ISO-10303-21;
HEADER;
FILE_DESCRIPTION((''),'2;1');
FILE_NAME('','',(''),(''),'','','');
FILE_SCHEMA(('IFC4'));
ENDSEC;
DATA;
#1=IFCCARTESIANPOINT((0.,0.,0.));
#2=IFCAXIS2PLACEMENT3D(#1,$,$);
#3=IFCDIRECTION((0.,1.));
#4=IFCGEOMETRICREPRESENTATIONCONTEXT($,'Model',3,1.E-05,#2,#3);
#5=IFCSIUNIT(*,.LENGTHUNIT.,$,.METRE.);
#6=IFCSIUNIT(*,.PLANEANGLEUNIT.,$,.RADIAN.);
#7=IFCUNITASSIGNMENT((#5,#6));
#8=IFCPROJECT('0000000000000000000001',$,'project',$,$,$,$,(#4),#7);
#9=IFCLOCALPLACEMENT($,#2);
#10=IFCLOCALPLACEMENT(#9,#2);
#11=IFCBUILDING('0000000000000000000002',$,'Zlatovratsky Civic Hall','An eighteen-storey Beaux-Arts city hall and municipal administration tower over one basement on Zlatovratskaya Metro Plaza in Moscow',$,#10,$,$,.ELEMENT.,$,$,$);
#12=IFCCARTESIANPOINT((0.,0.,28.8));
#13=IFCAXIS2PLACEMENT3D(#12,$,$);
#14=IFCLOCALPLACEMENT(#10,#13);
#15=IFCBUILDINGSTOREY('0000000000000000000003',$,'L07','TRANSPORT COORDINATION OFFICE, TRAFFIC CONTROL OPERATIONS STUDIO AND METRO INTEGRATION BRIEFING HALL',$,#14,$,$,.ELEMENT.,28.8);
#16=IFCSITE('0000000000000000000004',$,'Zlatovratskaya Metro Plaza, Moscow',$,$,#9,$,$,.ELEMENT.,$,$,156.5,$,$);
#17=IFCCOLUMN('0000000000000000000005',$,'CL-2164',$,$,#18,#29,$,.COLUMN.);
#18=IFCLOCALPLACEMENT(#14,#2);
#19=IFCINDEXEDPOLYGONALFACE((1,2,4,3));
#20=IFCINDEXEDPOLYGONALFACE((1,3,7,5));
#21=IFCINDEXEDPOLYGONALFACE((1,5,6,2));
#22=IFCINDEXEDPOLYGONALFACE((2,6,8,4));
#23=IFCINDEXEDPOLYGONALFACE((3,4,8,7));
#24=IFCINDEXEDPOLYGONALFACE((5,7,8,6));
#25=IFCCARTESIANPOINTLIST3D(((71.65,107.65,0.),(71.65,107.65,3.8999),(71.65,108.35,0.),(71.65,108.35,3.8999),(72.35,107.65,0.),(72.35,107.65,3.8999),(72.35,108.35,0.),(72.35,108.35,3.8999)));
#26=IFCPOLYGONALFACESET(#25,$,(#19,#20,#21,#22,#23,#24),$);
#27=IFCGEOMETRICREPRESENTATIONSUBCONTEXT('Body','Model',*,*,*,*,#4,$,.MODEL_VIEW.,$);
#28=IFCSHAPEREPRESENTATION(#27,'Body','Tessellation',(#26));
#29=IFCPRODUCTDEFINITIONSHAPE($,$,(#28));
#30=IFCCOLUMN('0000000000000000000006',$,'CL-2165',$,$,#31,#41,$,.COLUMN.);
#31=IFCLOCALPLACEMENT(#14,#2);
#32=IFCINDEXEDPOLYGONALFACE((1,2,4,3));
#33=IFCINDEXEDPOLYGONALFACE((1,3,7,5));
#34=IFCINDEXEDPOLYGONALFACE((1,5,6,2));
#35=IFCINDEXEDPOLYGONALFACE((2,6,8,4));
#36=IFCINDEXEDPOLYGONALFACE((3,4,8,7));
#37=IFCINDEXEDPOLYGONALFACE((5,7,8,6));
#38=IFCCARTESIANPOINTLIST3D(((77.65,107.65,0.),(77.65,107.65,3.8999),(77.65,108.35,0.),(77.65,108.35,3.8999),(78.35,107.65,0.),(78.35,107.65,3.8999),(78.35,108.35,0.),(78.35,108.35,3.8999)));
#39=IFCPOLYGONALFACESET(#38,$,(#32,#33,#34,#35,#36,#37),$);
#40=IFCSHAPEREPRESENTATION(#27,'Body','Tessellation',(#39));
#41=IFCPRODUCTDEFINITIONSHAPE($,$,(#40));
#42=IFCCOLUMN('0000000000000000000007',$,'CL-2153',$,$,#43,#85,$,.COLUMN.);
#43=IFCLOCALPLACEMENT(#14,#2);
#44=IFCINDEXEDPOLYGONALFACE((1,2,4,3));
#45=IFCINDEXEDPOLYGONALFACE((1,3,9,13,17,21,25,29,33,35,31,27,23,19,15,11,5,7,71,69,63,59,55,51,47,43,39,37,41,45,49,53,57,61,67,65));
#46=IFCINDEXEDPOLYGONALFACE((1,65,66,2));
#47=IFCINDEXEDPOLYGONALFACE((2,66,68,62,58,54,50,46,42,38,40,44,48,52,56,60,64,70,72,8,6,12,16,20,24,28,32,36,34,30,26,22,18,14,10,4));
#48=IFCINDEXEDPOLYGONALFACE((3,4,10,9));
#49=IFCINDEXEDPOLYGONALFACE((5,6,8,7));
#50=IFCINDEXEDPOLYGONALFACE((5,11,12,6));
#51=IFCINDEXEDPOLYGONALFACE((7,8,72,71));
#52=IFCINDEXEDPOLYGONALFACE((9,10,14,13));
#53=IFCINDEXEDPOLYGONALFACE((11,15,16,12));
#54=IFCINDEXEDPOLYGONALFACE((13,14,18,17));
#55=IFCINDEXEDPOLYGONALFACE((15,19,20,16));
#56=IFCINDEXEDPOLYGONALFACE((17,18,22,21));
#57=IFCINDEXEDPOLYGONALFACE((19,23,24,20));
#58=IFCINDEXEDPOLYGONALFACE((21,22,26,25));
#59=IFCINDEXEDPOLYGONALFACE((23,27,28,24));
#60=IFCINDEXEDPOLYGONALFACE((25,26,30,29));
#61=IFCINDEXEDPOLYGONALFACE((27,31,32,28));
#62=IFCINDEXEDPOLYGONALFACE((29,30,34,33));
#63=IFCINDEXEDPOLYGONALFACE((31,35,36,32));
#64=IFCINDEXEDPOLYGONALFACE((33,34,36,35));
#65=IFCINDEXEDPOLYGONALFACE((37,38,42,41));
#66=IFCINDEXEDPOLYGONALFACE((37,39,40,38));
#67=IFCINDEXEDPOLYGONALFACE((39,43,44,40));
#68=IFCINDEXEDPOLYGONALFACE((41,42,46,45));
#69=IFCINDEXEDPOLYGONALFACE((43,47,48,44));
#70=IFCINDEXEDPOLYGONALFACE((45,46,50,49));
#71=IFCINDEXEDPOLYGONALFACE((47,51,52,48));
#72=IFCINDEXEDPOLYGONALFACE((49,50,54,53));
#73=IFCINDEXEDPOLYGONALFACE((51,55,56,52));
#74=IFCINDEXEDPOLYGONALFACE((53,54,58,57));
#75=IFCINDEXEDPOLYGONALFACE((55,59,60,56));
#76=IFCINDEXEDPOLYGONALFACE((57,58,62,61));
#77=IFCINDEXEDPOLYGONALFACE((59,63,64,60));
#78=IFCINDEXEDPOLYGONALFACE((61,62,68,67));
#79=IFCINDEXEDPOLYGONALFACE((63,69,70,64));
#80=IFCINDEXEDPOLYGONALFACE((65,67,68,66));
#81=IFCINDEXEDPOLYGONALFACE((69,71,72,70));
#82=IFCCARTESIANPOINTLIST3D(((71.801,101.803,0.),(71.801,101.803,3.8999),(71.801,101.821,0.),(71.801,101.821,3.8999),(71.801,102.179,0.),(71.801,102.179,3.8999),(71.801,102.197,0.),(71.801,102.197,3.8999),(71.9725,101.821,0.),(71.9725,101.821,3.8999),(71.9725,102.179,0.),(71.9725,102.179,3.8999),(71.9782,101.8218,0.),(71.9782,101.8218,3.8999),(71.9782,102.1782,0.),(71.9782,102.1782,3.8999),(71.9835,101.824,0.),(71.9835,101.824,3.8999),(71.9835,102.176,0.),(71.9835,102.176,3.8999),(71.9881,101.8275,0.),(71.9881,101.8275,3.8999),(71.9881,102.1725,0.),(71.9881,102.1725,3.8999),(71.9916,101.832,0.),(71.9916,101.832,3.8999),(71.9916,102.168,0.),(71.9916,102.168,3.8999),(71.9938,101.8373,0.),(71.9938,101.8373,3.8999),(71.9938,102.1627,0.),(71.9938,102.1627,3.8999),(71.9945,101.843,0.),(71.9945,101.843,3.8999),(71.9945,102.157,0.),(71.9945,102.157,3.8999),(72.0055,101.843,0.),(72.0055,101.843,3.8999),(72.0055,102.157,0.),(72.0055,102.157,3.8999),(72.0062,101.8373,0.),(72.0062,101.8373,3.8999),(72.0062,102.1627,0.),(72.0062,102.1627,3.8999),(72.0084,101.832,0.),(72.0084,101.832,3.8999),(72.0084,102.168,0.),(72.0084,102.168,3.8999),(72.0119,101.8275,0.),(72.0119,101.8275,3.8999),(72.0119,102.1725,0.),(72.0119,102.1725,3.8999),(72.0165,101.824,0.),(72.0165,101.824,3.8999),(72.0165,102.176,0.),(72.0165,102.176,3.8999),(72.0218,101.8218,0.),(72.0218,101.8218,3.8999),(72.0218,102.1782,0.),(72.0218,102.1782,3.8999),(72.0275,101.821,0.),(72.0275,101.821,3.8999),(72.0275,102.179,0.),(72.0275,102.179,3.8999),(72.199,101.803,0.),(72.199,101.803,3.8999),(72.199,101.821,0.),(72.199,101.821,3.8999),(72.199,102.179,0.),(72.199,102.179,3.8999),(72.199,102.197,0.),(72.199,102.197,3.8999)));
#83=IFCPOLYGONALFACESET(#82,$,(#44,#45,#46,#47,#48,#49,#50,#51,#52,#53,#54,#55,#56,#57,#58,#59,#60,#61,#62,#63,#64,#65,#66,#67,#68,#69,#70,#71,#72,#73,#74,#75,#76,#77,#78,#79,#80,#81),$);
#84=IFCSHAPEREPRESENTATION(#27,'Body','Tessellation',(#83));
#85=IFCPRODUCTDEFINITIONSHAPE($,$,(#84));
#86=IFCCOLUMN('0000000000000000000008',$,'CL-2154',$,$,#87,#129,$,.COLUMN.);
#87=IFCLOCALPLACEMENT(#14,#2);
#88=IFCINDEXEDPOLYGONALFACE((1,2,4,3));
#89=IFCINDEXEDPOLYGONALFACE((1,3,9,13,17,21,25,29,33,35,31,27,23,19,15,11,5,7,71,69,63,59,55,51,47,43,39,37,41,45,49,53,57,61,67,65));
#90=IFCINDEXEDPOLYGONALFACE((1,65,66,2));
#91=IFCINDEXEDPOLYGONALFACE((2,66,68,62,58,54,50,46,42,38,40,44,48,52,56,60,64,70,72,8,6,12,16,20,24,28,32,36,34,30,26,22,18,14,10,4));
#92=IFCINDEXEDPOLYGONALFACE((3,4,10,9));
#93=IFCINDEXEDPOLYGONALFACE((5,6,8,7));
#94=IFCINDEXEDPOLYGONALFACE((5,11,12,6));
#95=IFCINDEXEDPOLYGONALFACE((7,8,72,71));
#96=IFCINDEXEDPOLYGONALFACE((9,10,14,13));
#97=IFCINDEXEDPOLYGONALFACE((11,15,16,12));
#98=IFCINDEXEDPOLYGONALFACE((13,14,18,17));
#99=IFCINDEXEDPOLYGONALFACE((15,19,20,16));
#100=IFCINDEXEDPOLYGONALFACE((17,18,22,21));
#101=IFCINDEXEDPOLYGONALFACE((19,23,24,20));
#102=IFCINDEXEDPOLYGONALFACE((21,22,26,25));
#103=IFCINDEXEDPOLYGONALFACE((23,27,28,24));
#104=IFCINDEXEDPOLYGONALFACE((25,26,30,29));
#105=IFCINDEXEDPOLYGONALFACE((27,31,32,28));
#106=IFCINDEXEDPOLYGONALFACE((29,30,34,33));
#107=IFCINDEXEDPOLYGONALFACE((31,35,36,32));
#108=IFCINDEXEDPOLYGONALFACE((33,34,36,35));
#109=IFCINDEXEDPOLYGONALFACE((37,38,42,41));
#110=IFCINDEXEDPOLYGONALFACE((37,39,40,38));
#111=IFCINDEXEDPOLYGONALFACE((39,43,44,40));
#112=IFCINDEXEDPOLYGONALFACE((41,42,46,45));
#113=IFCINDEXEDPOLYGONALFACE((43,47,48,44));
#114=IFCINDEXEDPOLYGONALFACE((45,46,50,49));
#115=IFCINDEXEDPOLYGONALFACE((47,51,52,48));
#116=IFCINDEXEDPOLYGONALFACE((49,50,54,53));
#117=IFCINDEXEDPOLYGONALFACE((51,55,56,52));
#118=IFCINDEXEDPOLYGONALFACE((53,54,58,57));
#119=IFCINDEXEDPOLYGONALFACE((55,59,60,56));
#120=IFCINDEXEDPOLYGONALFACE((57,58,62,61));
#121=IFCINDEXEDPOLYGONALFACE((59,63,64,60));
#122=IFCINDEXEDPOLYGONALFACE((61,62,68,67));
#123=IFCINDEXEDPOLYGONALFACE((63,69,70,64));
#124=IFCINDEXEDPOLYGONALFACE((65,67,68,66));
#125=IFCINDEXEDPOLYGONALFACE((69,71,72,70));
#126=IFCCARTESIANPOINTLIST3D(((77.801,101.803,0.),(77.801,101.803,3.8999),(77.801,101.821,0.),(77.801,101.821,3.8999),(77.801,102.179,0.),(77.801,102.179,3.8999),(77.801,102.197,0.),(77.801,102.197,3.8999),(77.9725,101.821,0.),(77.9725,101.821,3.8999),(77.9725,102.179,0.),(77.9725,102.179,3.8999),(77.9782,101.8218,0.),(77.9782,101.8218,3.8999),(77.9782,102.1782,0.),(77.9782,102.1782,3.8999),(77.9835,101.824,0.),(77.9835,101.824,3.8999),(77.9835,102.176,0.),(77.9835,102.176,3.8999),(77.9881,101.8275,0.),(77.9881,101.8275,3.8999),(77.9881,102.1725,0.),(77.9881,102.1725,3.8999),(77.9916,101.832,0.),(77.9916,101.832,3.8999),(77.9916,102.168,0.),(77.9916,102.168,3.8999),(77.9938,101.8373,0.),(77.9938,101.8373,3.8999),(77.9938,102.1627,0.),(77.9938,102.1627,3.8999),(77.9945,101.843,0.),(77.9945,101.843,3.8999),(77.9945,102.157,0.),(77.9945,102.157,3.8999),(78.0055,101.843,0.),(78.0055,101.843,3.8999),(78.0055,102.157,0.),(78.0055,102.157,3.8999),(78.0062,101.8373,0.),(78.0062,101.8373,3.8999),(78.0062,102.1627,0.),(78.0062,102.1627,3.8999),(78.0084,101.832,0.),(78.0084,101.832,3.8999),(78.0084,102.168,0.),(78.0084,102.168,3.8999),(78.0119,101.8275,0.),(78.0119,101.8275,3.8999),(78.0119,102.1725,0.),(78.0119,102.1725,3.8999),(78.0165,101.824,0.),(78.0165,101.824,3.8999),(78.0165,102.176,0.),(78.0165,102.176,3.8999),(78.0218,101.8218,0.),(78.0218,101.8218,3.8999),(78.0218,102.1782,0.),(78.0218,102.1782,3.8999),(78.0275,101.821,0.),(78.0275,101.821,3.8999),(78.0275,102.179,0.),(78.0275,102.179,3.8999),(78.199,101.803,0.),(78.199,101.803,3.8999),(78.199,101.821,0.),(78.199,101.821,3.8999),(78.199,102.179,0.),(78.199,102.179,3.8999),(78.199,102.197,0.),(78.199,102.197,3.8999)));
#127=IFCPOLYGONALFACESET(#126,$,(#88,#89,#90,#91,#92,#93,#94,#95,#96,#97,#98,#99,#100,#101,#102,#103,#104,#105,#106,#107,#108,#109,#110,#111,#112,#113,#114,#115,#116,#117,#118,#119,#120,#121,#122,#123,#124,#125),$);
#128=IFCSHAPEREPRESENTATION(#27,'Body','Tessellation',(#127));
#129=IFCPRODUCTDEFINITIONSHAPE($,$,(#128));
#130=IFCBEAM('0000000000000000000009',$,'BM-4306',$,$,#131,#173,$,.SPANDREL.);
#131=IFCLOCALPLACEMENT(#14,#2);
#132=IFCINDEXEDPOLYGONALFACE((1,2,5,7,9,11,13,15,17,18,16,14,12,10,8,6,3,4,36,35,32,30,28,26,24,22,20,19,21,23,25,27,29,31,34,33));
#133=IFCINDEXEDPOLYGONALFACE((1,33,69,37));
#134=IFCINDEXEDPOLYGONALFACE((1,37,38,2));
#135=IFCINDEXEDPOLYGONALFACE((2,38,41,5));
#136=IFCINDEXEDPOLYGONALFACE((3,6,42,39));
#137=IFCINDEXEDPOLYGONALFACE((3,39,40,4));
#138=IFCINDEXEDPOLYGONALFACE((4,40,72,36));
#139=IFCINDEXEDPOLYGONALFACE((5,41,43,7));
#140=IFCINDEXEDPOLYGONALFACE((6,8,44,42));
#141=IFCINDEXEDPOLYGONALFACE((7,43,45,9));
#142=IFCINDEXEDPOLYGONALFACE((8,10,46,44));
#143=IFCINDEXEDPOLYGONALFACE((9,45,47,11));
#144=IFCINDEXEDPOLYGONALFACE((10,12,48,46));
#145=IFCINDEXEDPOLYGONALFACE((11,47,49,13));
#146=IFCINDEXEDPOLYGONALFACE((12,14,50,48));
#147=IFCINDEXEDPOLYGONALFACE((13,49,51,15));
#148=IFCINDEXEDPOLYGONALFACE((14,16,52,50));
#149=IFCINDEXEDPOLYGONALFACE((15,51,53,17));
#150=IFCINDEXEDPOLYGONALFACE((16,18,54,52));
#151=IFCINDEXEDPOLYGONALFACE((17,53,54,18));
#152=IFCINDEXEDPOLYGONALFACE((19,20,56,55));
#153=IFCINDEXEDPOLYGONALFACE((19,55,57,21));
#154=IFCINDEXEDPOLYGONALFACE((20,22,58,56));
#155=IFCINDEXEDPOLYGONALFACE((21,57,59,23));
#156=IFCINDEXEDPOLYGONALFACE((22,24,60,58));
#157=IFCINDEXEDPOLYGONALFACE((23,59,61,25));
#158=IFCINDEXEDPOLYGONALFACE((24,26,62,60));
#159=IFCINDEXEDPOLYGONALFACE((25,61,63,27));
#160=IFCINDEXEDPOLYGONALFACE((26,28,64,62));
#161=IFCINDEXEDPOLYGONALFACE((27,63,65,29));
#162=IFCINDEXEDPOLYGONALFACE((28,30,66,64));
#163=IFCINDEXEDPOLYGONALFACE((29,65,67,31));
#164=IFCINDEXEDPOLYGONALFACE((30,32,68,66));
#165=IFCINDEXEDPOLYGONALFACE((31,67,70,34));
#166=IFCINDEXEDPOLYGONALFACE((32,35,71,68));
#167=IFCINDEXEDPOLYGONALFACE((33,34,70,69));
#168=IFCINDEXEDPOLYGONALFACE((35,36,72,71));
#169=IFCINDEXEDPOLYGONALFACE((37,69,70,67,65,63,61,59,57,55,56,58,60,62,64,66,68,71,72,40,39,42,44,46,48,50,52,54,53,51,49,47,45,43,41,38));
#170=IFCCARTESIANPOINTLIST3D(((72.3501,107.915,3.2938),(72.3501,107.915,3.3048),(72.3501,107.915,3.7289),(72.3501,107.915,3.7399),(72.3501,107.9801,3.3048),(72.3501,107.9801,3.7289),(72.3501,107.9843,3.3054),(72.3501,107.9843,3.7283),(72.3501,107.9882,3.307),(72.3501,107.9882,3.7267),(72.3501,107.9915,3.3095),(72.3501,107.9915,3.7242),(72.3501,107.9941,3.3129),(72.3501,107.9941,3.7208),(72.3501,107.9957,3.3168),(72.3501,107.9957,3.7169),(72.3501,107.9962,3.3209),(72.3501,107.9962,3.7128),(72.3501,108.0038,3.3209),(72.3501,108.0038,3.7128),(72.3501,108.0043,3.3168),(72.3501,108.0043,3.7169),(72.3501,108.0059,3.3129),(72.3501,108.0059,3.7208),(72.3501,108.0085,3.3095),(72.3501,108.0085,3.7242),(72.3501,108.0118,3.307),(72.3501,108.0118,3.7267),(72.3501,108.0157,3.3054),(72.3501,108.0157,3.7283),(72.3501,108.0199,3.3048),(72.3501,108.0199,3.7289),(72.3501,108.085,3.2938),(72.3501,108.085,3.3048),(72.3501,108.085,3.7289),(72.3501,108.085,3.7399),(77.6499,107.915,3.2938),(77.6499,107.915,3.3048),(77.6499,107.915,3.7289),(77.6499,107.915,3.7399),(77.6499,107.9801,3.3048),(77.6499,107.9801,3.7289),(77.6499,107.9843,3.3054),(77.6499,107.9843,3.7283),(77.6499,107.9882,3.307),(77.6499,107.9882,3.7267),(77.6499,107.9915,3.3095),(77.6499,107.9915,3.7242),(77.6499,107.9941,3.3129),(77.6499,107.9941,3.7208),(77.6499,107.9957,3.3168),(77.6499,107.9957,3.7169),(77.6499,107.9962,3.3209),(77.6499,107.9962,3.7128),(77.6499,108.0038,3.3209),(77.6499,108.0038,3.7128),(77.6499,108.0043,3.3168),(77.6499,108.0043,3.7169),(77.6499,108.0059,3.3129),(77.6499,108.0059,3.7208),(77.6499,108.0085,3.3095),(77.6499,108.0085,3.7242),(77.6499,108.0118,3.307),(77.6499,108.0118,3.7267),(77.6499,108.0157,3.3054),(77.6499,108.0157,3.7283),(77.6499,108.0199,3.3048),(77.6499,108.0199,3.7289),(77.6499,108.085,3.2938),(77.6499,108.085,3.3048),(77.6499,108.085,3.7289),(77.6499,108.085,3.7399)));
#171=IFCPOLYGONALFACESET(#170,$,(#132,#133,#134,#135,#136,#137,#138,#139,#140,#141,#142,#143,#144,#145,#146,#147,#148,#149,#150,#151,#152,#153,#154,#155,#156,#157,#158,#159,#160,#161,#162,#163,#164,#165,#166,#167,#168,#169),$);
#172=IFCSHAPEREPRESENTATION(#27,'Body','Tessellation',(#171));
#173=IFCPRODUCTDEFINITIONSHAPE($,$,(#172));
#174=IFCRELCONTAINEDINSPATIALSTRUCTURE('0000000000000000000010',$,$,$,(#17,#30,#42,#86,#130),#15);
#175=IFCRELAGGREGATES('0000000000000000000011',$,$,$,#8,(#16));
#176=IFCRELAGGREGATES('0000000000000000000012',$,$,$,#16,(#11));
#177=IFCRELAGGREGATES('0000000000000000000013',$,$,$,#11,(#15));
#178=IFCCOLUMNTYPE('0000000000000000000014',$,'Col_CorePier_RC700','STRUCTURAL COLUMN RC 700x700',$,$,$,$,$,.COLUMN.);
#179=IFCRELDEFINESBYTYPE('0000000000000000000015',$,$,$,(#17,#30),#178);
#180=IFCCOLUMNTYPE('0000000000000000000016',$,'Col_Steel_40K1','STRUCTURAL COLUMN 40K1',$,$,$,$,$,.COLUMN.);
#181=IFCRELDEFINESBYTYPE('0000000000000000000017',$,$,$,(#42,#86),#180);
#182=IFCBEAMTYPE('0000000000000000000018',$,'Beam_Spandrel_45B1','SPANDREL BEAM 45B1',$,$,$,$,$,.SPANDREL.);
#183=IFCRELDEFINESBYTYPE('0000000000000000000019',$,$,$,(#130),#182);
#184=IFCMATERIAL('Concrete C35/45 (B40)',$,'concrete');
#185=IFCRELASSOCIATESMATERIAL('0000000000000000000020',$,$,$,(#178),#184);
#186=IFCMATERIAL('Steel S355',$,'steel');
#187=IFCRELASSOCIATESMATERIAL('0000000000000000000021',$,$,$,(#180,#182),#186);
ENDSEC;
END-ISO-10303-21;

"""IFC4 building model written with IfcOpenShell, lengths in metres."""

from ifc_helpers import new_model, si_unit, direction, frame, origin, origin_2d, place, context, subcontext, project, spatial, rectangle, i_section, extrude, material, material_profile, profile_set, type_object, element, save


model = new_model("IFC4")

# Units and contexts
model_context = context("Model", 3, precision=1e-05, world=origin(), true_north=direction((0.0, 1.0)))
body_context = subcontext(model_context, "Body", "Model", "MODEL_VIEW")
ifc_project = project(units=[si_unit("LENGTHUNIT", "METRE"), si_unit("PLANEANGLEUNIT", "RADIAN")], contexts=[model_context])

# Site, building, storey
site_placement = place(None, origin())
site = spatial("IfcSite", under=ifc_project, at=site_placement, Name="Zlatovratskaya Metro Plaza, Moscow", CompositionType="ELEMENT", RefElevation=156.5)
building_placement = place(site_placement, origin())
building = spatial("IfcBuilding", under=site, at=building_placement, Name="Zlatovratsky Civic Hall", Description="An eighteen-storey Beaux-Arts city hall and municipal administration tower over one basement on Zlatovratskaya Metro Plaza in Moscow", CompositionType="ELEMENT")
storey_placement = place(building_placement, frame((0.0, 0.0, 28.8)))
storey = spatial("IfcBuildingStorey", under=building, at=storey_placement, Name="L07", Description="TRANSPORT COORDINATION OFFICE, TRAFFIC CONTROL OPERATIONS STUDIO AND METRO INTEGRATION BRIEFING HALL", CompositionType="ELEMENT", Elevation=28.8)

# Columns
ifc_material_1 = material(Name="Concrete C35/45 (B40)", Category="concrete")
ifc_material_profile_1 = material_profile(ifc_material_1, rectangle(XDim=0.7, YDim=0.7, at=origin_2d()), Name="RC 700x700")
ifc_profile_set_1 = profile_set([ifc_material_profile_1], Name="Concrete C35/45 (B40)")
column_type_1 = type_object("IfcColumnType", Name="Col_CorePier_RC700", Description="STRUCTURAL COLUMN RC 700x700", PredefinedType="COLUMN", material=ifc_profile_set_1)
for number, where, z_axis, x_axis, name in (
    (1, (72.0, 108.0, 0.0), (0.0, 0.0, 1.0), (1.0, 0.0, 0.0), "CL-2164"),
    (2, (78.0, 108.0, 0.0), (0.0, 0.0, 1.0), (1.0, 0.0, 0.0), "CL-2165"),
):
    element("IfcColumn", number, at=place(storey_placement, frame(where, z_axis=z_axis, x_axis=x_axis)), inside=storey, type_object=column_type_1, Name=name, PredefinedType="COLUMN", context=body_context, shape_type="SweptSolid", body=[
        extrude(rectangle(XDim=0.7, YDim=0.7, at=origin_2d()), origin(), (0.0, 0.0, 1.0), 3.8999),
    ])
ifc_material_2 = material(Name="Steel S355", Category="steel")
ifc_material_profile_2 = material_profile(ifc_material_2, i_section(OverallWidth=0.3979, OverallDepth=0.394, WebThickness=0.011, FlangeThickness=0.0181, FilletRadius=0.022, at=origin_2d()), Name="40K1")
ifc_profile_set_2 = profile_set([ifc_material_profile_2], Name="Steel S355")
column_type_2 = type_object("IfcColumnType", Name="Col_Steel_40K1", Description="STRUCTURAL COLUMN 40K1", PredefinedType="COLUMN", material=ifc_profile_set_2)
for number, where, z_axis, x_axis, name in (
    (3, (72.0, 102.0, 0.0), (0.0, 0.0, 1.0), (1.0, 0.0, 0.0), "CL-2153"),
    (4, (78.0, 102.0, 0.0), (0.0, 0.0, 1.0), (1.0, 0.0, 0.0), "CL-2154"),
):
    element("IfcColumn", number, at=place(storey_placement, frame(where, z_axis=z_axis, x_axis=x_axis)), inside=storey, type_object=column_type_2, Name=name, PredefinedType="COLUMN", context=body_context, shape_type="SweptSolid", body=[
        extrude(i_section(OverallWidth=0.3979, OverallDepth=0.394, WebThickness=0.011, FlangeThickness=0.0181, FilletRadius=0.022, at=origin_2d()), origin(), (0.0, 0.0, 1.0), 3.8999),
    ])

# Beam
ifc_material_profile_3 = material_profile(ifc_material_2, i_section(OverallWidth=0.1699, OverallDepth=0.446, WebThickness=0.0076, FlangeThickness=0.011, FilletRadius=0.0161, at=origin_2d()), Name="45B1")
ifc_profile_set_3 = profile_set([ifc_material_profile_3], Name="Steel S355")
beam_type_1 = type_object("IfcBeamType", Name="Beam_Spandrel_45B1", Description="SPANDREL BEAM 45B1", PredefinedType="SPANDREL", material=ifc_profile_set_3)
for number, where, z_axis, x_axis, name in (
    (5, (72.3501, 108.0, 3.5168), (1.0, 0.0, 0.0), (0.0, 1.0, 0.0), "BM-4306"),
):
    element("IfcBeam", number, at=place(storey_placement, frame(where, z_axis=z_axis, x_axis=x_axis)), inside=storey, type_object=beam_type_1, Name=name, PredefinedType="SPANDREL", context=body_context, shape_type="SweptSolid", body=[
        extrude(i_section(OverallWidth=0.1699, OverallDepth=0.446, WebThickness=0.0076, FlangeThickness=0.011, FilletRadius=0.0161, at=origin_2d()), origin(), (0.0, 0.0, 1.0), 5.2998),
    ])

save(model, "model.ifc")
